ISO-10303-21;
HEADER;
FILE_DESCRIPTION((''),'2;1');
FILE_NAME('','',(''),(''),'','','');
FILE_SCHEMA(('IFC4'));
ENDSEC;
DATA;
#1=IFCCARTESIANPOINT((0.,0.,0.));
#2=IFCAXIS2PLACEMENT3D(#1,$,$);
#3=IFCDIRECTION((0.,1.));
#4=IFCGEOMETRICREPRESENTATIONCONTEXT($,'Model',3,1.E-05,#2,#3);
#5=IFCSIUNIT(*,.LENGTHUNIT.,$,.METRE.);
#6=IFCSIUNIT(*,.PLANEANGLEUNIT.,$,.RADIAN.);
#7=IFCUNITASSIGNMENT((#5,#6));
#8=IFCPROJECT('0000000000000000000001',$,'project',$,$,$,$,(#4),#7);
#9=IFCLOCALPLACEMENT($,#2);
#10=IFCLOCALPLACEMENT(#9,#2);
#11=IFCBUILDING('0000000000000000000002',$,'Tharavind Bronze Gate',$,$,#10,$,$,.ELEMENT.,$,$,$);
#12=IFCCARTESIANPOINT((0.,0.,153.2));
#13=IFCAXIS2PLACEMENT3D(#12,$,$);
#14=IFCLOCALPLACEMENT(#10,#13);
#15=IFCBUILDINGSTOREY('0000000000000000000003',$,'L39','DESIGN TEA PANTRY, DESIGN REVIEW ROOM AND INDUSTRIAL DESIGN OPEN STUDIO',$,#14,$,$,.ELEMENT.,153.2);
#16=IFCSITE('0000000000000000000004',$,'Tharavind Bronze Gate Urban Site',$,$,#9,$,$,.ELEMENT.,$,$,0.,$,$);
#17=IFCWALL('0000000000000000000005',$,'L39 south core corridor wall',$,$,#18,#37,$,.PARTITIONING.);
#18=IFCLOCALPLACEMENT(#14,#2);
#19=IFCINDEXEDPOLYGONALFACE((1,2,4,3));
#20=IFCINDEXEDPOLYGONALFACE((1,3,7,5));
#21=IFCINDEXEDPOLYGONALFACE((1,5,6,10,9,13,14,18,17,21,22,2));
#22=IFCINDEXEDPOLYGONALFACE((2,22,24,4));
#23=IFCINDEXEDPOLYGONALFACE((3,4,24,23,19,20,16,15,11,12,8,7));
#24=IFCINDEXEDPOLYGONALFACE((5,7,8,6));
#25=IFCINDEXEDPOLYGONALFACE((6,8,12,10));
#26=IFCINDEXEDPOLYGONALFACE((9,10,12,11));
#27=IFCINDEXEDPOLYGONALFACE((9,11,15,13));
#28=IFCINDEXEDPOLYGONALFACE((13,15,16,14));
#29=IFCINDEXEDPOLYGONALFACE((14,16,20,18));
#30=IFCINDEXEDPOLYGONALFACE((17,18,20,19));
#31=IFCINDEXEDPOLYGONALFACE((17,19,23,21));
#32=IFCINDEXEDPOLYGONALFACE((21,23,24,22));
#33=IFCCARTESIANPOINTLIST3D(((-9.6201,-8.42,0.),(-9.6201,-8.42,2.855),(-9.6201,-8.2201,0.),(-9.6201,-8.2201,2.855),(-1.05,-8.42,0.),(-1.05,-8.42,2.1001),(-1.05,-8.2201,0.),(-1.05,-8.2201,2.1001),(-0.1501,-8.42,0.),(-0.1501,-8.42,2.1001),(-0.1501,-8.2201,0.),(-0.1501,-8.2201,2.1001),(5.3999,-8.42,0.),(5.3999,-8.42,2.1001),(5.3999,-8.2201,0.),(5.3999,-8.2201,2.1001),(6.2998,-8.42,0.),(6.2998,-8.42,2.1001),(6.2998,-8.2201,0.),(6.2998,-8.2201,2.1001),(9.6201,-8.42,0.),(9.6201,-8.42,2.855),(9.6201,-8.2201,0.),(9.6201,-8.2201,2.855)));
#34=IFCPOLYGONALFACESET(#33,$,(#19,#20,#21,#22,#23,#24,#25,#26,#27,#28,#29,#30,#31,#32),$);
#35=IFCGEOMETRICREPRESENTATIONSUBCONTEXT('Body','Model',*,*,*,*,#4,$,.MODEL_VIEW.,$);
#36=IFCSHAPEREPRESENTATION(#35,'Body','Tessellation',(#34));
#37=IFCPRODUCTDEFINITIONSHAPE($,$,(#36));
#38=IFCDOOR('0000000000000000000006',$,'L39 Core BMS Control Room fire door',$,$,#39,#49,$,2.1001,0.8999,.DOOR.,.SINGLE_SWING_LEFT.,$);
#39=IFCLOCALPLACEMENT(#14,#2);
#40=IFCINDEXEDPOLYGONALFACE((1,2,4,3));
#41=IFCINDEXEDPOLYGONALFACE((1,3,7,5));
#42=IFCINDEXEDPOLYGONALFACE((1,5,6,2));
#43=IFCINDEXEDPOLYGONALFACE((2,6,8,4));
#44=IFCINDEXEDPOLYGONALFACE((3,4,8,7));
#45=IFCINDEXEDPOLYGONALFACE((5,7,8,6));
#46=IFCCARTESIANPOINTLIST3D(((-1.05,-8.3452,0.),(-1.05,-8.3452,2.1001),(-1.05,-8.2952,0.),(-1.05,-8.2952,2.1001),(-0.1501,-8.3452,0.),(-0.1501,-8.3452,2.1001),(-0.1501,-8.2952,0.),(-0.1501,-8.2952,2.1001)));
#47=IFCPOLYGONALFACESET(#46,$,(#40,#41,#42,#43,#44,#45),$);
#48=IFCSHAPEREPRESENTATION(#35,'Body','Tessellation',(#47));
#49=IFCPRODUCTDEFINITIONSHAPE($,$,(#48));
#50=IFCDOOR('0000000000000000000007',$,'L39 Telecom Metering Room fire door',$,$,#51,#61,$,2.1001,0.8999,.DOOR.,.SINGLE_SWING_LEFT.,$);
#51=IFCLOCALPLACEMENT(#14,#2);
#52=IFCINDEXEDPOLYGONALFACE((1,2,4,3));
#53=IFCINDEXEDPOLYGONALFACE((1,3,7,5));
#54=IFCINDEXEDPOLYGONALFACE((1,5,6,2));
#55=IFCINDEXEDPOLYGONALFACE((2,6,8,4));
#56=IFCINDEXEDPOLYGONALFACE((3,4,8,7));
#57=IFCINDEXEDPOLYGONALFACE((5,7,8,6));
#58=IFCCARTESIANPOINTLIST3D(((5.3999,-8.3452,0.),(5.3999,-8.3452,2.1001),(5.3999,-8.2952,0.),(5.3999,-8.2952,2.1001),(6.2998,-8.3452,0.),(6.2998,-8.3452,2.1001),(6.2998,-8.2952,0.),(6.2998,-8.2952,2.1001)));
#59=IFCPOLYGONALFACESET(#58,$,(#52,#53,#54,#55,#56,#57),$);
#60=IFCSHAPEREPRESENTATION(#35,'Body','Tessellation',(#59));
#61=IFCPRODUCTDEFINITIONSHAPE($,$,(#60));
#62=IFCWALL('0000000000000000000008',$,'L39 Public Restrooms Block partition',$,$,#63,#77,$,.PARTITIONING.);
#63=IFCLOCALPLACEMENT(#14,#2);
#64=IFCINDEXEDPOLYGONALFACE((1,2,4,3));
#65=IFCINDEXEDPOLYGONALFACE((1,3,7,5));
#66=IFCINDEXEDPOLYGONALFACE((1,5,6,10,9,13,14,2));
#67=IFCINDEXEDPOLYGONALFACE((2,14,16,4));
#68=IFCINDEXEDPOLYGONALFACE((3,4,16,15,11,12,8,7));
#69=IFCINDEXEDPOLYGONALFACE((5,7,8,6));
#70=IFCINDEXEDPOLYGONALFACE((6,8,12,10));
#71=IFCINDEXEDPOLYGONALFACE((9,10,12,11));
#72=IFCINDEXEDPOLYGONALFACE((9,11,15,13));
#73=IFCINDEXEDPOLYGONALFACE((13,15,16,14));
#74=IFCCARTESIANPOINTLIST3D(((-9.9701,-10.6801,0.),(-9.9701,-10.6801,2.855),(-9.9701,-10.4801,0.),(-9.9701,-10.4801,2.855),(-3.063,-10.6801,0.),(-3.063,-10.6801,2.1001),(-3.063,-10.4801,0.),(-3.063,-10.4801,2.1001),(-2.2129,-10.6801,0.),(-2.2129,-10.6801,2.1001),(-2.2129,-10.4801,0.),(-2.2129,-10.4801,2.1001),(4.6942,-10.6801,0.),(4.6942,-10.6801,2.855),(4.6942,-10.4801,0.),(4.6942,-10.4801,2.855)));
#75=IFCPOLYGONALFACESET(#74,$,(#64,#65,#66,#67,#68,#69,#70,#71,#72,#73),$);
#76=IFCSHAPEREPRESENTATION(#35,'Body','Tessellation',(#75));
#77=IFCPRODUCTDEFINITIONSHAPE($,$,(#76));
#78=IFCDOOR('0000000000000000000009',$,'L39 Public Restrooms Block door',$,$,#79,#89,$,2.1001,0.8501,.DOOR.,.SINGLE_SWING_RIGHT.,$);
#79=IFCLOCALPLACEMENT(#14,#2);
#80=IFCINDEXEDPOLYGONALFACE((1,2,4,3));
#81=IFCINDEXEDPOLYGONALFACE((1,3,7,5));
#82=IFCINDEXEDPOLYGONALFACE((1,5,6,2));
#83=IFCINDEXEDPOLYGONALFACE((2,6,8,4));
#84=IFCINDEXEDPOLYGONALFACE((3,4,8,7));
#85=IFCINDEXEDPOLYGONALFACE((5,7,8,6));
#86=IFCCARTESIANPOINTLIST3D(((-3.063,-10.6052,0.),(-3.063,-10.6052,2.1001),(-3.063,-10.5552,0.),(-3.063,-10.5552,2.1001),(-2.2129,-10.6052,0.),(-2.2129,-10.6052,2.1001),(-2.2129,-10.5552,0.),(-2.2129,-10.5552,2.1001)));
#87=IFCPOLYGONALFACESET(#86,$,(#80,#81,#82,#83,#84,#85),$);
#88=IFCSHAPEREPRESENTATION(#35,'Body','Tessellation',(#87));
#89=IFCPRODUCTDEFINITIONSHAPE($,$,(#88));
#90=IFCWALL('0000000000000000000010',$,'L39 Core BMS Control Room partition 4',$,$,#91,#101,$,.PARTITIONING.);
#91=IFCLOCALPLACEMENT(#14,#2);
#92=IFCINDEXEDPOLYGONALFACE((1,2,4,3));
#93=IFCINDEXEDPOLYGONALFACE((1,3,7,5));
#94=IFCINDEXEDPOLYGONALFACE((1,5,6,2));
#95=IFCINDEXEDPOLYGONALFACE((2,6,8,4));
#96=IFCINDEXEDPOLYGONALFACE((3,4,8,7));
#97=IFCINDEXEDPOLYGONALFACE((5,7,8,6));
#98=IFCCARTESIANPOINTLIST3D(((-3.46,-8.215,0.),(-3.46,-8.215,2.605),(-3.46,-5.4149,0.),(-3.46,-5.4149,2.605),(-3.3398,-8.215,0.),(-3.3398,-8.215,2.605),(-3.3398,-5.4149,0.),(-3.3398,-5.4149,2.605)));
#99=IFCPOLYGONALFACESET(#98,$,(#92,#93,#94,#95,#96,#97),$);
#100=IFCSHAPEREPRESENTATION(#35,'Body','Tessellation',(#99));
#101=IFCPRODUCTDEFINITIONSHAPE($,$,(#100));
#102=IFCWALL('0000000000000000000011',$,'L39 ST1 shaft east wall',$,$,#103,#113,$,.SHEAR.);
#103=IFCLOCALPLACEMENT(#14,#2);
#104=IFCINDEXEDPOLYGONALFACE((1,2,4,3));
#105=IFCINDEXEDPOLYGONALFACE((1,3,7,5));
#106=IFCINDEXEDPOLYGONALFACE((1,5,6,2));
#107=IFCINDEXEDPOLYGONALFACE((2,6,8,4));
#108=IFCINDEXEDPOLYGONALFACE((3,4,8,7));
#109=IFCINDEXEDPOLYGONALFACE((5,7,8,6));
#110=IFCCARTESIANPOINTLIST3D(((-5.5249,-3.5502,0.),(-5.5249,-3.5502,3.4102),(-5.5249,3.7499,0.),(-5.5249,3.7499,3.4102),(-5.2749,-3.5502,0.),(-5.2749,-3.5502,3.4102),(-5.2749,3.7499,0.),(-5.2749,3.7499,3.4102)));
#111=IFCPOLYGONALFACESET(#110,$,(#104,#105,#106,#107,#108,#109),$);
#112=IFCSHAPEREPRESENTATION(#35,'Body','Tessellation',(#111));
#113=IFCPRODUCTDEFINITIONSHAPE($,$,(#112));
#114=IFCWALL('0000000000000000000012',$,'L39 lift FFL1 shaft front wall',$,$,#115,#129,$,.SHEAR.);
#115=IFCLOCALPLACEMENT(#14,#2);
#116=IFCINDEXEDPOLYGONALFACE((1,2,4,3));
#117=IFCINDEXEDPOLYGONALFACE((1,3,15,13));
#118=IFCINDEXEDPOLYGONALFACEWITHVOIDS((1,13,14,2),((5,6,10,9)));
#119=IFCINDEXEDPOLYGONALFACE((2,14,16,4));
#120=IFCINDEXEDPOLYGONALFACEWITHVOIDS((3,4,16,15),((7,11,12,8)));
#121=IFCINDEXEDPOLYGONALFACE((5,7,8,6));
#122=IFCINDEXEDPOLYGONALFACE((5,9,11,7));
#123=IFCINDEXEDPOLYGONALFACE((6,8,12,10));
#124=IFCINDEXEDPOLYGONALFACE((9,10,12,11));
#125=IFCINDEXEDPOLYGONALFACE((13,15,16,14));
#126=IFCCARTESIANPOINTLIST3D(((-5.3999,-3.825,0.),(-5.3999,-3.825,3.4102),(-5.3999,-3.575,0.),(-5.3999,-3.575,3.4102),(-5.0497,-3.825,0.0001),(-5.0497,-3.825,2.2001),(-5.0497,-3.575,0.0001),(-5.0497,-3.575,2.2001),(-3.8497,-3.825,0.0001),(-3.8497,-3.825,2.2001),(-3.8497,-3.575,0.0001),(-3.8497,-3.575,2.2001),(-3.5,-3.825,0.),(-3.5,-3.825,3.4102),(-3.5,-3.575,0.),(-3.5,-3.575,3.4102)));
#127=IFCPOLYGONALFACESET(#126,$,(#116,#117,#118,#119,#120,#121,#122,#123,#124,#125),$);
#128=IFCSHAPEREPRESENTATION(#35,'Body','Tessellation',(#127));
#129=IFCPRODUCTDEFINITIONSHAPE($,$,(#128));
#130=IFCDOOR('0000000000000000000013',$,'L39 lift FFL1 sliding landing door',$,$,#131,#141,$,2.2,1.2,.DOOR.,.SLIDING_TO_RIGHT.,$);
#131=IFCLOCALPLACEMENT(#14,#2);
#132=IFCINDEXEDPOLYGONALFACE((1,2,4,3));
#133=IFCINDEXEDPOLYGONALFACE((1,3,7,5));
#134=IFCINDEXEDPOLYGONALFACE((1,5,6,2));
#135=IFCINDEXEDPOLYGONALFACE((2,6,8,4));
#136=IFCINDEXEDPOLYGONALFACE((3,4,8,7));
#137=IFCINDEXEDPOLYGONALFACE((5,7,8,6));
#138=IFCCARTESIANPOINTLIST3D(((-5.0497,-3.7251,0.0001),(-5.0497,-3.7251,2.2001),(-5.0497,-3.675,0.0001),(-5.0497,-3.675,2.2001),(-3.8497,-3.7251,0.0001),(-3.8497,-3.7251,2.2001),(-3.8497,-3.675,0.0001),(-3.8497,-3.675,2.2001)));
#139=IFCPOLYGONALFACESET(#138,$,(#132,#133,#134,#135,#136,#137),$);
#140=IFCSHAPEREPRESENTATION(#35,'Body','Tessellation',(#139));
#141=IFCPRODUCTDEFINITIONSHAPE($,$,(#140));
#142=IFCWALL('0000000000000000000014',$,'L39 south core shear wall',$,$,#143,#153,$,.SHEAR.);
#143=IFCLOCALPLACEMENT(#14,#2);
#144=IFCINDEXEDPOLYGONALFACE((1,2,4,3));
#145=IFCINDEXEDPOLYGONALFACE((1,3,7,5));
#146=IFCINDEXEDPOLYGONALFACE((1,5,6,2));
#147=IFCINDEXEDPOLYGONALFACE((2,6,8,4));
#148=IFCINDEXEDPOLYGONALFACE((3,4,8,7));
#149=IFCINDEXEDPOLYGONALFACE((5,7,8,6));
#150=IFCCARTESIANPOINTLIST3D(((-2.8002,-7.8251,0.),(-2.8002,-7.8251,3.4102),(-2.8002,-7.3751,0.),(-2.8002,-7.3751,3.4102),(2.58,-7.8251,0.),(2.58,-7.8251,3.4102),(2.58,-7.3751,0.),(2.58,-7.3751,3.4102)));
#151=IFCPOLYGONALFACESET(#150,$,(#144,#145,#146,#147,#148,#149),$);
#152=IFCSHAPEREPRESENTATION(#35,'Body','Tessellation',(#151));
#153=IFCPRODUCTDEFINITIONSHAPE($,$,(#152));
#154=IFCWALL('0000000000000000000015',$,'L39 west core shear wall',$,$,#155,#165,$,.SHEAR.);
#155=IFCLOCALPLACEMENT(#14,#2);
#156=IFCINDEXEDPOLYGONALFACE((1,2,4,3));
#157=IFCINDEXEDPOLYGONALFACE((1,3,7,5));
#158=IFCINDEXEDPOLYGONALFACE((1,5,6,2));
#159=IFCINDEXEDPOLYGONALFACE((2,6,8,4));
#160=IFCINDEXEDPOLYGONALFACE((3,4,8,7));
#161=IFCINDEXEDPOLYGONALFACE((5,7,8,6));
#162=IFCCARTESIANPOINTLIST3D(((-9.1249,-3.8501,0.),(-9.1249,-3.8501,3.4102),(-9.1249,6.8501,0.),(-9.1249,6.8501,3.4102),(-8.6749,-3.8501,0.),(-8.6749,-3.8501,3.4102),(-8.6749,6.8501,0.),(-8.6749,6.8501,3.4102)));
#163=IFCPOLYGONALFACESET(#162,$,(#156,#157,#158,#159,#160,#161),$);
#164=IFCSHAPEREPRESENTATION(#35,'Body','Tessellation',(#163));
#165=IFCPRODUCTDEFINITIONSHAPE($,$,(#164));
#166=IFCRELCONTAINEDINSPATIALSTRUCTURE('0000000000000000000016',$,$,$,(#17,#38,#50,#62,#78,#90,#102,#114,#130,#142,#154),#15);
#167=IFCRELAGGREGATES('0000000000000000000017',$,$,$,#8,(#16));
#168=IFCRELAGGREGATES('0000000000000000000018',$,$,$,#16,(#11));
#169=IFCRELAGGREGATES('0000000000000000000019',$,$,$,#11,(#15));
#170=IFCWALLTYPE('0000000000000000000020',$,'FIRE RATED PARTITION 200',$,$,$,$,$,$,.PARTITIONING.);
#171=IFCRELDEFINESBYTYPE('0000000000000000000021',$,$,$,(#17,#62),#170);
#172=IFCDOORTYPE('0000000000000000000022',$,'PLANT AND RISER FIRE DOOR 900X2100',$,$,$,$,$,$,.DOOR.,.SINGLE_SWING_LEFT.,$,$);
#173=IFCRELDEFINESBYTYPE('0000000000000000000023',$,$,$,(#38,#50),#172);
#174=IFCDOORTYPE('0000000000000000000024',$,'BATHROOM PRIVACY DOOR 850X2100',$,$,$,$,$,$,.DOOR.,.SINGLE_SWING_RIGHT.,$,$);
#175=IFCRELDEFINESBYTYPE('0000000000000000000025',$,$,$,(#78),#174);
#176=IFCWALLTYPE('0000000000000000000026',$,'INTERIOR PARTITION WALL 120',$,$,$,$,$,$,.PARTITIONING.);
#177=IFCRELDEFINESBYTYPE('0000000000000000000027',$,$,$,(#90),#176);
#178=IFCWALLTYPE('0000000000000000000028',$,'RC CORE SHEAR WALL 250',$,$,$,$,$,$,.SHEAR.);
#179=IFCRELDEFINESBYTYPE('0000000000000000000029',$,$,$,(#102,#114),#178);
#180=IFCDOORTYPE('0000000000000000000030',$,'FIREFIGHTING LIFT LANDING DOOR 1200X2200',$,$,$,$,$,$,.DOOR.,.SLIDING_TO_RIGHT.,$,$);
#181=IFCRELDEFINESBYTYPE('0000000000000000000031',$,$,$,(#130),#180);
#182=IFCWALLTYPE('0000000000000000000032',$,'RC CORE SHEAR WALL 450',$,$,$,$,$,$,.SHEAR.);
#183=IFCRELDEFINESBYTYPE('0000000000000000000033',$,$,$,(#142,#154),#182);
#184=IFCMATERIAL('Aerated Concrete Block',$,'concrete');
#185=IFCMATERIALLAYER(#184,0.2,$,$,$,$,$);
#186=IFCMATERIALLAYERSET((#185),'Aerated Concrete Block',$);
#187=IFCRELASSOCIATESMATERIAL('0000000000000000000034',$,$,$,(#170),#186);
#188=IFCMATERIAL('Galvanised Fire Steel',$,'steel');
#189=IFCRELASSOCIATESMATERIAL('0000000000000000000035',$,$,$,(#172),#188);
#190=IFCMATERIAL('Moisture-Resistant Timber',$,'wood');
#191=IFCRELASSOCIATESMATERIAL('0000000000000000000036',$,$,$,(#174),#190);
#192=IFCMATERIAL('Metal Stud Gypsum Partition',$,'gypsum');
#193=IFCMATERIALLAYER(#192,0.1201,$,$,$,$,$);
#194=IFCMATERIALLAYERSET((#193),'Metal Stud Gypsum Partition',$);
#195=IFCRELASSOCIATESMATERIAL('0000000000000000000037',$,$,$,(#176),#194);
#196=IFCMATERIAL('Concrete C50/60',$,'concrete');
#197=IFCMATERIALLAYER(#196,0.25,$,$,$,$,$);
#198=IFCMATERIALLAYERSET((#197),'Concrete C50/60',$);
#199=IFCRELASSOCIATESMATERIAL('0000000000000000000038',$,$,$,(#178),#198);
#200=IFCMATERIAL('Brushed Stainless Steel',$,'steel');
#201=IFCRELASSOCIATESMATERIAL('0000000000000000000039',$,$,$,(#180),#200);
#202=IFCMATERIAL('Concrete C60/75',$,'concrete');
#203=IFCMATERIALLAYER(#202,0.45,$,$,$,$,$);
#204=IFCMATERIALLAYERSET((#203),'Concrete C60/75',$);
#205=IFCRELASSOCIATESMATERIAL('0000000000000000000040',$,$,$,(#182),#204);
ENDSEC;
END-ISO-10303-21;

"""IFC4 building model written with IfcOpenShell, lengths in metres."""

from ifc_helpers import new_model, si_unit, direction, frame, frame_2d, origin, place, context, subcontext, project, spatial, rectangle, extrude, material, layer, layer_set, type_object, element, fill, save


model = new_model("IFC4")

# Units and contexts
model_context = context("Model", 3, precision=1e-05, world=origin(), true_north=direction((0.0, 1.0)))
body_context = subcontext(model_context, "Body", "Model", "MODEL_VIEW")
ifc_project = project(units=[si_unit("LENGTHUNIT", "METRE"), si_unit("PLANEANGLEUNIT", "RADIAN")], contexts=[model_context])

# Site, building, storey
site_placement = place(None, origin())
site = spatial("IfcSite", under=ifc_project, at=site_placement, Name="Tharavind Bronze Gate Urban Site", CompositionType="ELEMENT", RefElevation=0.0)
building_placement = place(site_placement, origin())
building = spatial("IfcBuilding", under=site, at=building_placement, Name="Tharavind Bronze Gate", CompositionType="ELEMENT")
storey_placement = place(building_placement, frame((0.0, 0.0, 153.2)))
storey = spatial("IfcBuildingStorey", under=building, at=storey_placement, Name="L39", Description="DESIGN TEA PANTRY, DESIGN REVIEW ROOM AND INDUSTRIAL DESIGN OPEN STUDIO", CompositionType="ELEMENT", Elevation=153.2)

# Shared definitions
ifc_material_1 = material(Name="Concrete C60/75", Category="concrete")

# Wall, openings, doors
ifc_material_2 = material(Name="Aerated Concrete Block", Category="concrete")
ifc_layer_1 = layer(ifc_material_2, 0.2)
ifc_layer_set_1 = layer_set([ifc_layer_1], Name="Aerated Concrete Block")
wall_type_1 = type_object("IfcWallType", Name="FIRE RATED PARTITION 200", PredefinedType="PARTITIONING", material=ifc_layer_set_1)
wall_1_placement = place(storey_placement, frame((-9.6201, -8.3201, 0.0), z_axis=(0.0, 0.0, 1.0), x_axis=(1.0, 0.0, 0.0)))
wall_1 = element("IfcWall", 1, at=wall_1_placement, inside=storey, type_object=wall_type_1, Name="L39 south core corridor wall", PredefinedType="PARTITIONING", context=body_context, shape_type="SweptSolid", body=[
    extrude(rectangle(XDim=19.2402, YDim=0.2, at=frame_2d((9.6201, 0.0))), origin(), (0.0, 0.0, 1.0), 2.855),
])
opening_1_placement = place(wall_1_placement, frame((8.5701, 0.0, 0.0)))
opening_1 = element("IfcOpeningElement", 2, at=opening_1_placement, cuts=wall_1, PredefinedType="OPENING", context=body_context, shape_type="SweptSolid", body=[
    extrude(rectangle(XDim=0.8999, YDim=2.1001, at=frame_2d((0.45, 1.05))), frame((0.0, 0.1101, 0.0), z_axis=(0.0, -1.0, 0.0), x_axis=(1.0, 0.0, 0.0)), (0.0, 0.0, 1.0), 0.22),
])
opening_2_placement = place(wall_1_placement, frame((15.02, 0.0, 0.0)))
opening_2 = element("IfcOpeningElement", 3, at=opening_2_placement, cuts=wall_1, PredefinedType="OPENING", context=body_context, shape_type="SweptSolid", body=[
    extrude(rectangle(XDim=0.8999, YDim=2.1001, at=frame_2d((0.45, 1.05))), frame((0.0, 0.1101, 0.0), z_axis=(0.0, -1.0, 0.0), x_axis=(1.0, 0.0, 0.0)), (0.0, 0.0, 1.0), 0.22),
])
ifc_material_3 = material(Name="Galvanised Fire Steel", Category="steel")
door_type_1 = type_object("IfcDoorType", Name="PLANT AND RISER FIRE DOOR 900X2100", OperationType="SINGLE_SWING_LEFT", PredefinedType="DOOR", material=ifc_material_3)
door_1_placement = place(opening_1_placement, origin())
door_1 = element("IfcDoor", 4, at=door_1_placement, inside=storey, type_object=door_type_1, Name="L39 Core BMS Control Room fire door", OperationType="SINGLE_SWING_LEFT", OverallHeight=2.1001, OverallWidth=0.8999, PredefinedType="DOOR", context=body_context, shape_type="SweptSolid", body=[
    extrude(rectangle(XDim=0.8999, YDim=2.1001, at=frame_2d((0.45, 1.05))), frame((0.0, 0.0249, 0.0), z_axis=(0.0, -1.0, 0.0), x_axis=(1.0, 0.0, 0.0)), (0.0, 0.0, 1.0), 0.05),
])
fill(opening_1, door_1)
door_2_placement = place(opening_2_placement, origin())
door_2 = element("IfcDoor", 5, at=door_2_placement, inside=storey, type_object=door_type_1, Name="L39 Telecom Metering Room fire door", OperationType="SINGLE_SWING_LEFT", OverallHeight=2.1001, OverallWidth=0.8999, PredefinedType="DOOR", context=body_context, shape_type="SweptSolid", body=[
    extrude(rectangle(XDim=0.8999, YDim=2.1001, at=frame_2d((0.45, 1.05))), frame((0.0, 0.0249, 0.0), z_axis=(0.0, -1.0, 0.0), x_axis=(1.0, 0.0, 0.0)), (0.0, 0.0, 1.0), 0.05),
])
fill(opening_2, door_2)

# Wall, opening, door
wall_2_placement = place(storey_placement, frame((-9.97, -10.5801, 0.0), z_axis=(0.0, 0.0, 1.0), x_axis=(1.0, 0.0, 0.0)))
wall_2 = element("IfcWall", 6, at=wall_2_placement, inside=storey, type_object=wall_type_1, Name="L39 Public Restrooms Block partition", PredefinedType="PARTITIONING", context=body_context, shape_type="SweptSolid", body=[
    extrude(rectangle(XDim=14.6643, YDim=0.2, at=frame_2d((7.332, 0.0))), origin(), (0.0, 0.0, 1.0), 2.855),
])
opening_3_placement = place(wall_2_placement, frame((6.907, 0.0, 0.0)))
opening_3 = element("IfcOpeningElement", 7, at=opening_3_placement, cuts=wall_2, PredefinedType="OPENING", context=body_context, shape_type="SweptSolid", body=[
    extrude(rectangle(XDim=0.8501, YDim=2.1001, at=frame_2d((0.425, 1.05))), frame((0.0, 0.1101, 0.0), z_axis=(0.0, -1.0, 0.0), x_axis=(1.0, 0.0, 0.0)), (0.0, 0.0, 1.0), 0.22),
])
ifc_material_4 = material(Name="Moisture-Resistant Timber", Category="wood")
door_type_2 = type_object("IfcDoorType", Name="BATHROOM PRIVACY DOOR 850X2100", OperationType="SINGLE_SWING_RIGHT", PredefinedType="DOOR", material=ifc_material_4)
door_3_placement = place(opening_3_placement, origin())
door_3 = element("IfcDoor", 8, at=door_3_placement, inside=storey, type_object=door_type_2, Name="L39 Public Restrooms Block door", OperationType="SINGLE_SWING_RIGHT", OverallHeight=2.1001, OverallWidth=0.8501, PredefinedType="DOOR", context=body_context, shape_type="SweptSolid", body=[
    extrude(rectangle(XDim=0.8501, YDim=2.1001, at=frame_2d((0.425, 1.05))), frame((0.0, 0.0249, 0.0), z_axis=(0.0, -1.0, 0.0), x_axis=(1.0, 0.0, 0.0)), (0.0, 0.0, 1.0), 0.05),
])
fill(opening_3, door_3)

# Walls
ifc_material_5 = material(Name="Metal Stud Gypsum Partition", Category="gypsum")
ifc_layer_2 = layer(ifc_material_5, 0.1201)
ifc_layer_set_2 = layer_set([ifc_layer_2], Name="Metal Stud Gypsum Partition")
wall_type_2 = type_object("IfcWallType", Name="INTERIOR PARTITION WALL 120", PredefinedType="PARTITIONING", material=ifc_layer_set_2)
wall_3_placement = place(storey_placement, frame((-3.3999, -5.415, 0.0), z_axis=(0.0, 0.0, 1.0), x_axis=(0.0, -1.0, 0.0)))
element("IfcWall", 9, at=wall_3_placement, inside=storey, type_object=wall_type_2, Name="L39 Core BMS Control Room partition 4", PredefinedType="PARTITIONING", context=body_context, shape_type="SweptSolid", body=[
    extrude(rectangle(XDim=2.8, YDim=0.1201, at=frame_2d((1.3999, 0.0))), origin(), (0.0, 0.0, 1.0), 2.605),
])
ifc_material_6 = material(Name="Concrete C50/60", Category="concrete")
ifc_layer_3 = layer(ifc_material_6, 0.25)
ifc_layer_set_3 = layer_set([ifc_layer_3], Name="Concrete C50/60")
wall_type_3 = type_object("IfcWallType", Name="RC CORE SHEAR WALL 250", PredefinedType="SHEAR", material=ifc_layer_set_3)
wall_4_placement = place(storey_placement, frame((-5.3999, -3.55, 0.0), z_axis=(0.0, 0.0, 1.0), x_axis=(0.0, 1.0, 0.0)))
element("IfcWall", 10, at=wall_4_placement, inside=storey, type_object=wall_type_3, Name="L39 ST1 shaft east wall", PredefinedType="SHEAR", context=body_context, shape_type="SweptSolid", body=[
    extrude(rectangle(XDim=7.3, YDim=0.25, at=frame_2d((3.6499, 0.0))), origin(), (0.0, 0.0, 1.0), 3.4102),
])

# Wall, opening, door
wall_5_placement = place(storey_placement, frame((-5.3999, -3.7, 0.0), z_axis=(0.0, 0.0, 1.0), x_axis=(1.0, 0.0, 0.0)))
wall_5 = element("IfcWall", 11, at=wall_5_placement, inside=storey, type_object=wall_type_3, Name="L39 lift FFL1 shaft front wall", PredefinedType="SHEAR", context=body_context, shape_type="SweptSolid", body=[
    extrude(rectangle(XDim=1.8999, YDim=0.25, at=frame_2d((0.95, 0.0))), origin(), (0.0, 0.0, 1.0), 3.4102),
])
opening_4_placement = place(wall_5_placement, frame((0.3501, 0.0, 0.0)))
opening_4 = element("IfcOpeningElement", 12, at=opening_4_placement, cuts=wall_5, PredefinedType="OPENING", context=body_context, shape_type="SweptSolid", body=[
    extrude(rectangle(XDim=1.2, YDim=2.2, at=frame_2d((0.6001, 1.1001))), frame((0.0, 0.135, 0.0), z_axis=(0.0, -1.0, 0.0), x_axis=(1.0, 0.0, 0.0)), (0.0, 0.0, 1.0), 0.27),
])
ifc_material_7 = material(Name="Brushed Stainless Steel", Category="steel")
door_type_3 = type_object("IfcDoorType", Name="FIREFIGHTING LIFT LANDING DOOR 1200X2200", OperationType="SLIDING_TO_RIGHT", PredefinedType="DOOR", material=ifc_material_7)
door_4_placement = place(opening_4_placement, origin())
door_4 = element("IfcDoor", 13, at=door_4_placement, inside=storey, type_object=door_type_3, Name="L39 lift FFL1 sliding landing door", OperationType="SLIDING_TO_RIGHT", OverallHeight=2.2, OverallWidth=1.2, PredefinedType="DOOR", context=body_context, shape_type="SweptSolid", body=[
    extrude(rectangle(XDim=1.2, YDim=2.2, at=frame_2d((0.6001, 1.1001))), frame((0.0, 0.0249, 0.0), z_axis=(0.0, -1.0, 0.0), x_axis=(1.0, 0.0, 0.0)), (0.0, 0.0, 1.0), 0.05),
])
fill(opening_4, door_4)

# Walls
ifc_layer_4 = layer(ifc_material_1, 0.45)
ifc_layer_set_4 = layer_set([ifc_layer_4], Name="Concrete C60/75")
wall_type_4 = type_object("IfcWallType", Name="RC CORE SHEAR WALL 450", PredefinedType="SHEAR", material=ifc_layer_set_4)
wall_6_placement = place(storey_placement, frame((-2.8, -7.6001, 0.0), z_axis=(0.0, 0.0, 1.0), x_axis=(1.0, 0.0, 0.0)))
element("IfcWall", 14, at=wall_6_placement, inside=storey, type_object=wall_type_4, Name="L39 south core shear wall", PredefinedType="SHEAR", context=body_context, shape_type="SweptSolid", body=[
    extrude(rectangle(XDim=5.3801, YDim=0.45, at=frame_2d((2.6899, 0.0))), origin(), (0.0, 0.0, 1.0), 3.4102),
])
wall_7_placement = place(storey_placement, frame((-8.8999, -3.8501, 0.0), z_axis=(0.0, 0.0, 1.0), x_axis=(0.0, 1.0, 0.0)))
element("IfcWall", 15, at=wall_7_placement, inside=storey, type_object=wall_type_4, Name="L39 west core shear wall", PredefinedType="SHEAR", context=body_context, shape_type="SweptSolid", body=[
    extrude(rectangle(XDim=10.7002, YDim=0.45, at=frame_2d((5.3501, 0.0))), origin(), (0.0, 0.0, 1.0), 3.4102),
])

save(model, "model.ifc")
